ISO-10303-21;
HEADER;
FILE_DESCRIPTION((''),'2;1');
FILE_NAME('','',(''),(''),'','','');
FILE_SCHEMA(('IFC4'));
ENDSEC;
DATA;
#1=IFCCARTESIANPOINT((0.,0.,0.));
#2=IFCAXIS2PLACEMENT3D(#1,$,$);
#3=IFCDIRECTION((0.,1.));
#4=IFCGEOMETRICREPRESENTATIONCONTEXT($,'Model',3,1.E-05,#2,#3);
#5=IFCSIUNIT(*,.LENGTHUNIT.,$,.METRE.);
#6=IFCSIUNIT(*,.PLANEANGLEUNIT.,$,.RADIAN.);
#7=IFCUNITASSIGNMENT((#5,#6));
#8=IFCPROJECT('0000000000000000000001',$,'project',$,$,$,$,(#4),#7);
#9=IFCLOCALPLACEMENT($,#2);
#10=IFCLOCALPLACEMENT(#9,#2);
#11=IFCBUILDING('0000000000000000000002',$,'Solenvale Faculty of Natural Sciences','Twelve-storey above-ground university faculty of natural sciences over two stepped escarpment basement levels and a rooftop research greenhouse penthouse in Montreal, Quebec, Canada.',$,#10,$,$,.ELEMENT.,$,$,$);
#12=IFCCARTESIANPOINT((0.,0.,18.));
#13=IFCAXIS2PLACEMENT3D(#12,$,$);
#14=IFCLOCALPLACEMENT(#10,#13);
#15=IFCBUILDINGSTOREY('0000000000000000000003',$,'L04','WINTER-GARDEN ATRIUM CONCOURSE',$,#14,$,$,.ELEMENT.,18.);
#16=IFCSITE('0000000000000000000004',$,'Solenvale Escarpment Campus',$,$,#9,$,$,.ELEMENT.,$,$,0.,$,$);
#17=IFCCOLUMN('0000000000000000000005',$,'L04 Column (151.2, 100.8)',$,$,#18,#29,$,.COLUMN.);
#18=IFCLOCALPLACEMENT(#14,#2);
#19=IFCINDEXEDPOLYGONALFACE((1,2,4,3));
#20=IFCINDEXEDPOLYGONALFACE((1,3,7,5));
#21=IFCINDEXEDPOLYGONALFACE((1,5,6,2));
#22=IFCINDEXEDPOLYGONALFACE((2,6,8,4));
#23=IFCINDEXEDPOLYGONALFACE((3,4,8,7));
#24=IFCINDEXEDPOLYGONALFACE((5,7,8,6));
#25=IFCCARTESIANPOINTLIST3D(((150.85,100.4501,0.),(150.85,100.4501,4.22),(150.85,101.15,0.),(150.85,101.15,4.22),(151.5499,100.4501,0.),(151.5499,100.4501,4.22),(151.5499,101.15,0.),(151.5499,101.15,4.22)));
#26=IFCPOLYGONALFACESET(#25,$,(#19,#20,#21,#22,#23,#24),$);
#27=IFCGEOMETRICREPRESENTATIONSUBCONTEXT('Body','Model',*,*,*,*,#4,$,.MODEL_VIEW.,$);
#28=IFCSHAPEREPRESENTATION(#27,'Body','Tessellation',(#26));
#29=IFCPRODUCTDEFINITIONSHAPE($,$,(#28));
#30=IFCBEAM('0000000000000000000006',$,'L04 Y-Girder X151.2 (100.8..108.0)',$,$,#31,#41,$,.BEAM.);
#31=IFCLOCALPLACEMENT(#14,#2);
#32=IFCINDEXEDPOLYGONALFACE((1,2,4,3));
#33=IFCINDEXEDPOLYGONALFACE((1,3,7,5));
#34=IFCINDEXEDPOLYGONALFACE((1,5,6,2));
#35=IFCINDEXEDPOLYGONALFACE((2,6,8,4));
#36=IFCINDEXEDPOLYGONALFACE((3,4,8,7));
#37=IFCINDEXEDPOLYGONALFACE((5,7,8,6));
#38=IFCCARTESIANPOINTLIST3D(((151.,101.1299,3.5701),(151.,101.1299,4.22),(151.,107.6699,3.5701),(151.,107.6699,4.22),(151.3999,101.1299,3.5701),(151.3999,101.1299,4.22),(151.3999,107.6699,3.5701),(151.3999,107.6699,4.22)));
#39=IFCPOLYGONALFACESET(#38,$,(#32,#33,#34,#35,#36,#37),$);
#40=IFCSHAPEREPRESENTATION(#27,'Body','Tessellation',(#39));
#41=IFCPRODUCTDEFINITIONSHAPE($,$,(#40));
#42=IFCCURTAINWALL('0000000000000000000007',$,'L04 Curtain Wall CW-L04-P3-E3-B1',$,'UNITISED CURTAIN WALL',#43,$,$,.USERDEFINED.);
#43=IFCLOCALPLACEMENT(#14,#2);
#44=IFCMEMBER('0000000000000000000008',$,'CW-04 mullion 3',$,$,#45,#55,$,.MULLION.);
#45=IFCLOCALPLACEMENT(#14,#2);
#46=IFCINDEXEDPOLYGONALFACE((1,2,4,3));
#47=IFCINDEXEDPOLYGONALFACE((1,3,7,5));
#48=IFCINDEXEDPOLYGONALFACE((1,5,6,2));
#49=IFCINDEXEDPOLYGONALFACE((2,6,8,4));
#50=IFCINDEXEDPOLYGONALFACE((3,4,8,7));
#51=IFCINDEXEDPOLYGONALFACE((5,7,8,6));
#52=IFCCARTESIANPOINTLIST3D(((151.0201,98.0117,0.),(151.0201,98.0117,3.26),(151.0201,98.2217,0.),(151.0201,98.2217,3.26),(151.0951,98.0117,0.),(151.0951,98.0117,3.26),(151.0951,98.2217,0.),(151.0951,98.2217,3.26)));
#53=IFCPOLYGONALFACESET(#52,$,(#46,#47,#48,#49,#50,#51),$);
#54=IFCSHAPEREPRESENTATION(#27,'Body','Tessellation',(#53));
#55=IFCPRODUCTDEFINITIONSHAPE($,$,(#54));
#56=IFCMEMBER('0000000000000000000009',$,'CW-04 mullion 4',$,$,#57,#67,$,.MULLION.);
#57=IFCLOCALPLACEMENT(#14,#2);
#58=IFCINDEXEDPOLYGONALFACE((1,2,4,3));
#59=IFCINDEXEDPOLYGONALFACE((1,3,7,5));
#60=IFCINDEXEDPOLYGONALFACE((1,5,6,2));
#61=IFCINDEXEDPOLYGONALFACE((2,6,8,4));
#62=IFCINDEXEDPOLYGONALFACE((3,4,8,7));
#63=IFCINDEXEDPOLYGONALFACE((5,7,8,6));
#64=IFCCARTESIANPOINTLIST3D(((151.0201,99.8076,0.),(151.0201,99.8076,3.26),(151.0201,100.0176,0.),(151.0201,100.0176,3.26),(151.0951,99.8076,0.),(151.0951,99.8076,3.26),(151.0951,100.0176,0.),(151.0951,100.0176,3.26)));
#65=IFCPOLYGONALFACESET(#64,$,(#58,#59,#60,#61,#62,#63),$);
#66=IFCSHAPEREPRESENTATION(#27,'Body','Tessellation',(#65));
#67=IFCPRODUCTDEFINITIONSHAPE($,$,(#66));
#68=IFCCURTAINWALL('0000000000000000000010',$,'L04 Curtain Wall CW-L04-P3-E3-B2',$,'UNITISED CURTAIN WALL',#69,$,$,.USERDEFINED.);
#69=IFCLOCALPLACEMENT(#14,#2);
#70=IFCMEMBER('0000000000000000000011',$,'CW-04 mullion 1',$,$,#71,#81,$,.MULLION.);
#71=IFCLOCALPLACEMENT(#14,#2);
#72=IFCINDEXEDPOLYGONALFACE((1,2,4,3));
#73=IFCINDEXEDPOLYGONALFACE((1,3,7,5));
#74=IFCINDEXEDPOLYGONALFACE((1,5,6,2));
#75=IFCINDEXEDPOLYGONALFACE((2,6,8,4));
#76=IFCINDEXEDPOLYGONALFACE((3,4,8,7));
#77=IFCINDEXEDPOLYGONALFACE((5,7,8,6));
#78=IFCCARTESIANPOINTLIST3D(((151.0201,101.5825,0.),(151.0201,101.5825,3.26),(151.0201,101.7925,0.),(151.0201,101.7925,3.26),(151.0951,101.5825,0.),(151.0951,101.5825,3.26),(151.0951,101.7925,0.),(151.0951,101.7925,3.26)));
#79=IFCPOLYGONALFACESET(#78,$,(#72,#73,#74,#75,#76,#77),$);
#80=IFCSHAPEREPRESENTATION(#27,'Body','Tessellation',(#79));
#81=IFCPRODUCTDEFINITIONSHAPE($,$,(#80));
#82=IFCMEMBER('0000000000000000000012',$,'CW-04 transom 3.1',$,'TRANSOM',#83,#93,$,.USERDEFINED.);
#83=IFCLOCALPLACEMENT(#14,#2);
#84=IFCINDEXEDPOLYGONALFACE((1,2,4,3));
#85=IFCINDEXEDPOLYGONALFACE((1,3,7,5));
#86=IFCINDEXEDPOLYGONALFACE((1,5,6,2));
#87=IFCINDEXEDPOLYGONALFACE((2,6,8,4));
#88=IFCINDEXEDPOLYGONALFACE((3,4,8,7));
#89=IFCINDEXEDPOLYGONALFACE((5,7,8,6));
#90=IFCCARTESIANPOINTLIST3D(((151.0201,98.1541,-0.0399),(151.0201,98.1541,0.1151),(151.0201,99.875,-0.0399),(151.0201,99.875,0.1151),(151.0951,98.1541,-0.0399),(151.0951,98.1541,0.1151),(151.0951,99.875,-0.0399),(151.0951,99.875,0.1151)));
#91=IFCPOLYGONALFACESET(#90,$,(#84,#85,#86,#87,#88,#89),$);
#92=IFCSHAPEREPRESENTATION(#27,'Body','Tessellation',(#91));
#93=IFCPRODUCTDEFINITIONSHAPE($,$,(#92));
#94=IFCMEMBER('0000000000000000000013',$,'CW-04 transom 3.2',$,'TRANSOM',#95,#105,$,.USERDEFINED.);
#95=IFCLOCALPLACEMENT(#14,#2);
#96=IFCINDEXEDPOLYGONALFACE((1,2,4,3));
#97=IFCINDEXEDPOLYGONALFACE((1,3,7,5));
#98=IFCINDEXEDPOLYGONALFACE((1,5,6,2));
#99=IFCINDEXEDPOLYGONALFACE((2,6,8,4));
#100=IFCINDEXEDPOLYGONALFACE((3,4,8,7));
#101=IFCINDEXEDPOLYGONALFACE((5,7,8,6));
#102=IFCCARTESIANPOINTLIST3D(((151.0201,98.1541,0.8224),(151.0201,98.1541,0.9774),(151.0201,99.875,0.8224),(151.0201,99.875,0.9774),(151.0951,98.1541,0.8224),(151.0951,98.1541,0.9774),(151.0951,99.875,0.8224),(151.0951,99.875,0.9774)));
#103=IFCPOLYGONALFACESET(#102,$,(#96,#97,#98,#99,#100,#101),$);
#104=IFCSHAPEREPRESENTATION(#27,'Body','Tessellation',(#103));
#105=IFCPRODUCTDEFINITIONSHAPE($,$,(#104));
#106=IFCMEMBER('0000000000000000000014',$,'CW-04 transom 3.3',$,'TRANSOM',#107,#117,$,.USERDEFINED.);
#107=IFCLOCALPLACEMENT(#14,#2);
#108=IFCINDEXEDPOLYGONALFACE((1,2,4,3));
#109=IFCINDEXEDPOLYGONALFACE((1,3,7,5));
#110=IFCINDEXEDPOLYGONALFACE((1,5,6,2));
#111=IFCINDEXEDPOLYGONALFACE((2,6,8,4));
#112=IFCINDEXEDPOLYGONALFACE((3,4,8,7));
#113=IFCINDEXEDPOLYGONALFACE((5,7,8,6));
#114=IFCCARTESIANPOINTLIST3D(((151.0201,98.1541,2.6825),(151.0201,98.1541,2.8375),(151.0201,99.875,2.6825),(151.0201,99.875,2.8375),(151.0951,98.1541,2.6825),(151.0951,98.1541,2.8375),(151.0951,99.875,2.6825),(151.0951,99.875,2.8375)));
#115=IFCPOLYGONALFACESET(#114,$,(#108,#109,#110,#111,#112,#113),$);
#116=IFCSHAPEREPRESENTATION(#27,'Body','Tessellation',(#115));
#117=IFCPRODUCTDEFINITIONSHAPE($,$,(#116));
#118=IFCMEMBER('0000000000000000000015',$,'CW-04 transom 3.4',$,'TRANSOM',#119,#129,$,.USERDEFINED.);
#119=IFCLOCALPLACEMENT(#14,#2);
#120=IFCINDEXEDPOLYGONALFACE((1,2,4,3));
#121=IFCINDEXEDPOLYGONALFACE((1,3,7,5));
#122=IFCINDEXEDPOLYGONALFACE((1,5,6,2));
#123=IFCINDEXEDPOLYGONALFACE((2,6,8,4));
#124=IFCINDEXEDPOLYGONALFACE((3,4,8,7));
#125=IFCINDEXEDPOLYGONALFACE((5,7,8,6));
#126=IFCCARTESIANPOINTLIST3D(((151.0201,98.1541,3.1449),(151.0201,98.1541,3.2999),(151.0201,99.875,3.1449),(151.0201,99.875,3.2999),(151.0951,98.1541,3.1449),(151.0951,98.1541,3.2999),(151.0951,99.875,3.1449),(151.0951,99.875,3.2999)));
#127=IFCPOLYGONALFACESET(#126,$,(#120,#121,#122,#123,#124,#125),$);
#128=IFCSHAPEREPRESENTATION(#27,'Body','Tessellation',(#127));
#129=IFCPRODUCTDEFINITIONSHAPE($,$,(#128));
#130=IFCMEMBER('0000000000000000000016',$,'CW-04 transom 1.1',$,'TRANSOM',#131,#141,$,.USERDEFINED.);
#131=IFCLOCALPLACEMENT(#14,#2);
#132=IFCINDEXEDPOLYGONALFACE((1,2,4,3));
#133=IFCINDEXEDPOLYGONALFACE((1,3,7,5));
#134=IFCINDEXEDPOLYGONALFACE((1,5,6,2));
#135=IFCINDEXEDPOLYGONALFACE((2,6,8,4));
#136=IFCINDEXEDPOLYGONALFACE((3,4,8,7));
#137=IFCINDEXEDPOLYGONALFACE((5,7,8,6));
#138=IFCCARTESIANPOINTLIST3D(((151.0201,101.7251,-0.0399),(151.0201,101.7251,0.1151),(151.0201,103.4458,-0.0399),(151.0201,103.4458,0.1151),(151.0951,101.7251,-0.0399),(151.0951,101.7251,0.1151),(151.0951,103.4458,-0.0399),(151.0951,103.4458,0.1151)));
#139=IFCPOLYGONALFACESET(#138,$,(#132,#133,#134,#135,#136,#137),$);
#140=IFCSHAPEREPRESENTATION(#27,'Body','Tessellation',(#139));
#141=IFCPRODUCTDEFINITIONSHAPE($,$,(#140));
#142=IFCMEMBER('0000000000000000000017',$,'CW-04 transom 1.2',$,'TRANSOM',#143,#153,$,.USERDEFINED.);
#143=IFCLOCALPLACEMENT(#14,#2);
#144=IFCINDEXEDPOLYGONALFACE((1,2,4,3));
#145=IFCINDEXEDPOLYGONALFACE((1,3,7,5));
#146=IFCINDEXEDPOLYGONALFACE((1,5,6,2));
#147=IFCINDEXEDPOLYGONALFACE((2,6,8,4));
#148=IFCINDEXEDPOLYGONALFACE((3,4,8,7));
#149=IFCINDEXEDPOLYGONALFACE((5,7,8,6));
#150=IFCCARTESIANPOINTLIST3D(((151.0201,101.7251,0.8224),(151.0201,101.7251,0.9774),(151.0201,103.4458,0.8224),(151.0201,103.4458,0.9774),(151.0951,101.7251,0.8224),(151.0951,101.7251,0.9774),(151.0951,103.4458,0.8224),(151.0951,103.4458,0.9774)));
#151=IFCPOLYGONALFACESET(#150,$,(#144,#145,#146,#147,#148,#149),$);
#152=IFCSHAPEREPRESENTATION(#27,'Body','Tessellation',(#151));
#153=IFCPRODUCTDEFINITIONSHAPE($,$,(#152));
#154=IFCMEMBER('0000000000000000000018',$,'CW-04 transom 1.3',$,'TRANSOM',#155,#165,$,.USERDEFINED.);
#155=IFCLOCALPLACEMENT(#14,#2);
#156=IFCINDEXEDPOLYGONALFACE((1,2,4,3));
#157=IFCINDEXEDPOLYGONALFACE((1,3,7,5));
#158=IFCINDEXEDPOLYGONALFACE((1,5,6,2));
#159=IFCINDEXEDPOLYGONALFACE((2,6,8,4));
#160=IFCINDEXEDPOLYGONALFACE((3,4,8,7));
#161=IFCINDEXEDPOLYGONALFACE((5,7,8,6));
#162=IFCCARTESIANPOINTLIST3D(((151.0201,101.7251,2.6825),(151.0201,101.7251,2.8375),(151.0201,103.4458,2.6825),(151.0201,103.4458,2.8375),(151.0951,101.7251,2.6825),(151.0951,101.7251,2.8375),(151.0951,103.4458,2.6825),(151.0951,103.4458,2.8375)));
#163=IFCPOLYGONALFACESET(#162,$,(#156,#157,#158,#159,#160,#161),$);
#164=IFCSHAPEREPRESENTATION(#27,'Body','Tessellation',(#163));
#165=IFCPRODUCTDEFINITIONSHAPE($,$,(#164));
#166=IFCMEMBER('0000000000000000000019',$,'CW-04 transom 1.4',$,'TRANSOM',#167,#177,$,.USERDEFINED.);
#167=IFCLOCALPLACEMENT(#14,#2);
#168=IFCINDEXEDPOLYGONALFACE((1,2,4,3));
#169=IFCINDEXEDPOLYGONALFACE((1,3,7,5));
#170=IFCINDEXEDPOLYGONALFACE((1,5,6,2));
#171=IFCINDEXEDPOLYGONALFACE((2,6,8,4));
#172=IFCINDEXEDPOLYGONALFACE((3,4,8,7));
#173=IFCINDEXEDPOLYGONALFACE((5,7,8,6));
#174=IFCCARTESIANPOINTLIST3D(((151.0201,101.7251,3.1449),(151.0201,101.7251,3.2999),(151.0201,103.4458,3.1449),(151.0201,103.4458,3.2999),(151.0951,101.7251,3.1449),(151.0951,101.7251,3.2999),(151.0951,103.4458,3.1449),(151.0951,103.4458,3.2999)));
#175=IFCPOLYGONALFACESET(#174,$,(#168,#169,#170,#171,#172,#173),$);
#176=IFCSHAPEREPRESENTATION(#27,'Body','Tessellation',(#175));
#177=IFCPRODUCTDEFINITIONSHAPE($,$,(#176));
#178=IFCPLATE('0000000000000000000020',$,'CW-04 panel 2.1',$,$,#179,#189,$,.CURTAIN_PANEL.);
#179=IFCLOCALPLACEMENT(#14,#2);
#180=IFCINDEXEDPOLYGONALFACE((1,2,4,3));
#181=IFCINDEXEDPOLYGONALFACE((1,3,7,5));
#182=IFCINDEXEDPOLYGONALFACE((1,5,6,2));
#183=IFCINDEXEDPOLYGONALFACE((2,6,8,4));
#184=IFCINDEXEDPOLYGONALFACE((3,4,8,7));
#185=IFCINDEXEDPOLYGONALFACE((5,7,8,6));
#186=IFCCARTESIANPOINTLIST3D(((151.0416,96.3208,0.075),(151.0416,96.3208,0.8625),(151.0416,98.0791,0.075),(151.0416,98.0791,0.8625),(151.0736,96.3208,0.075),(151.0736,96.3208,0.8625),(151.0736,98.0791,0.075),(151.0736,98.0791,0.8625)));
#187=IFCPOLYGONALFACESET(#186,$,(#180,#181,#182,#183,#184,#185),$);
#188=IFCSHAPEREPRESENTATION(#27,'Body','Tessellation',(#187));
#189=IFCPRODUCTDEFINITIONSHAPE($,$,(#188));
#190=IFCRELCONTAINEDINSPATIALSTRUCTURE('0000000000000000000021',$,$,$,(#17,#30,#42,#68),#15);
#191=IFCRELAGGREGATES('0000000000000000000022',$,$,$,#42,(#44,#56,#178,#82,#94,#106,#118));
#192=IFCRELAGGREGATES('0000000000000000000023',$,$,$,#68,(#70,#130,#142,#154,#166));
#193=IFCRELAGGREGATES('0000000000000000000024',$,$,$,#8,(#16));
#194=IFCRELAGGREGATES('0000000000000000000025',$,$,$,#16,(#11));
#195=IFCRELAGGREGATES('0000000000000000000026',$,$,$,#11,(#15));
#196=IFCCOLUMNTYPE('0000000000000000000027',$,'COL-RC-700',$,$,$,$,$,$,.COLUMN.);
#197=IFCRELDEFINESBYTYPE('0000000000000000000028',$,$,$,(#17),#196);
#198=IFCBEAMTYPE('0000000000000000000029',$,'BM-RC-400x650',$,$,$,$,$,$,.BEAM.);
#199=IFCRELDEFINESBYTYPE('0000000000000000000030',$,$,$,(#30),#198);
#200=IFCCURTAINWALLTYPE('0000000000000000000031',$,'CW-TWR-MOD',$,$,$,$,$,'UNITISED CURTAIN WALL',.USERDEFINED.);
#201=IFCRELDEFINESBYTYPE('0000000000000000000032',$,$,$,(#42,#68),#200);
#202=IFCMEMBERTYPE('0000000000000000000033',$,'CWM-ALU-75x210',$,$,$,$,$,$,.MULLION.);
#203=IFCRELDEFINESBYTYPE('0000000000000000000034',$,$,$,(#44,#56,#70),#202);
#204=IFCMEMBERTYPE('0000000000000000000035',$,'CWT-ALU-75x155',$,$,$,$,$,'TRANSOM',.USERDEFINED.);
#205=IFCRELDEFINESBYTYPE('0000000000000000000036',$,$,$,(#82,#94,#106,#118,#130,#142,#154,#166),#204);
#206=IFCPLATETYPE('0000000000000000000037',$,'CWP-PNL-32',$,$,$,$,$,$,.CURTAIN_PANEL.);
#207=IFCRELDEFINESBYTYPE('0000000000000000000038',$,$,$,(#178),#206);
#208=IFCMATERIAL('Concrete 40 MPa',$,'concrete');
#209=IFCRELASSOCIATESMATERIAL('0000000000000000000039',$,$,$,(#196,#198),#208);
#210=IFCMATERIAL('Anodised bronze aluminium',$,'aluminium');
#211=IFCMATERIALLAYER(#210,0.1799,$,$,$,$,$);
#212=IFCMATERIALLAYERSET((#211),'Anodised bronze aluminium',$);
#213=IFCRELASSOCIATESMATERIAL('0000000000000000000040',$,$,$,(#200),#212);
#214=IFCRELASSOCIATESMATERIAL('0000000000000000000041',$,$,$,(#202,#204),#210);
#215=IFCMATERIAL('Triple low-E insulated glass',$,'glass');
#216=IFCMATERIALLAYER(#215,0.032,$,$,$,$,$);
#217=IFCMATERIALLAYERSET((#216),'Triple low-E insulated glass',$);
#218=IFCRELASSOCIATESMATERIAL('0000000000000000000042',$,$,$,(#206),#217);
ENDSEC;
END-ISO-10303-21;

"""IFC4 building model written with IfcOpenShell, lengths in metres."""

from ifc_helpers import new_model, si_unit, direction, frame, origin, origin_2d, place, context, subcontext, project, spatial, rectangle, extrude, material, layer, layer_set, material_profile, profile_set, type_object, element, aggregate, save


model = new_model("IFC4")

# Units and contexts
model_context = context("Model", 3, precision=1e-05, world=origin(), true_north=direction((0.0, 1.0)))
body_context = subcontext(model_context, "Body", "Model", "MODEL_VIEW")
ifc_project = project(units=[si_unit("LENGTHUNIT", "METRE"), si_unit("PLANEANGLEUNIT", "RADIAN")], contexts=[model_context])

# Site, building, storey
site_placement = place(None, origin())
site = spatial("IfcSite", under=ifc_project, at=site_placement, Name="Solenvale Escarpment Campus", CompositionType="ELEMENT", RefElevation=0.0)
building_placement = place(site_placement, origin())
building = spatial("IfcBuilding", under=site, at=building_placement, Name="Solenvale Faculty of Natural Sciences", Description="Twelve-storey above-ground university faculty of natural sciences over two stepped escarpment basement levels and a rooftop research greenhouse penthouse in Montreal, Quebec, Canada.", CompositionType="ELEMENT")
storey_placement = place(building_placement, frame((0.0, 0.0, 18.0)))
storey = spatial("IfcBuildingStorey", under=building, at=storey_placement, Name="L04", Description="WINTER-GARDEN ATRIUM CONCOURSE", CompositionType="ELEMENT", Elevation=18.0)

# Column
ifc_material_1 = material(Name="Concrete 40 MPa", Category="concrete")
ifc_material_profile_1 = material_profile(ifc_material_1, rectangle(XDim=0.7, YDim=0.7, at=origin_2d()), Name="RC-COL-700x700")
ifc_profile_set_1 = profile_set([ifc_material_profile_1], Name="Concrete 40 MPa")
column_type = type_object("IfcColumnType", Name="COL-RC-700", PredefinedType="COLUMN", material=ifc_profile_set_1)
column_placement = place(storey_placement, frame((151.2, 100.8, 0.0), z_axis=(0.0, 0.0, 1.0), x_axis=(1.0, 0.0, 0.0)))
element("IfcColumn", 1, at=column_placement, inside=storey, type_object=column_type, Name="L04 Column (151.2, 100.8)", PredefinedType="COLUMN", context=body_context, shape_type="SweptSolid", body=[
    extrude(rectangle(XDim=0.7, YDim=0.7, at=origin_2d()), origin(), (0.0, 0.0, 1.0), 4.22),
])

# Beam
ifc_material_profile_2 = material_profile(ifc_material_1, rectangle(XDim=0.3999, YDim=0.6499, at=origin_2d()), Name="RC-BM-400x650")
ifc_profile_set_2 = profile_set([ifc_material_profile_2], Name="Concrete 40 MPa")
beam_type = type_object("IfcBeamType", Name="BM-RC-400x650", PredefinedType="BEAM", material=ifc_profile_set_2)
beam_placement = place(storey_placement, frame((151.2, 101.1299, 3.895), z_axis=(0.0, 1.0, 0.0), x_axis=(-1.0, 0.0, 0.0)))
element("IfcBeam", 2, at=beam_placement, inside=storey, type_object=beam_type, Name="L04 Y-Girder X151.2 (100.8..108.0)", PredefinedType="BEAM", context=body_context, shape_type="SweptSolid", body=[
    extrude(rectangle(XDim=0.3999, YDim=0.6499, at=origin_2d()), origin(), (0.0, 0.0, 1.0), 6.54),
])

# Curtain wall, members
ifc_material_2 = material(Name="Anodised bronze aluminium", Category="aluminium")
ifc_layer_1 = layer(ifc_material_2, 0.1799)
ifc_layer_set_1 = layer_set([ifc_layer_1], Name="Anodised bronze aluminium")
curtain_wall_type = type_object("IfcCurtainWallType", Name="CW-TWR-MOD", ElementType="UNITISED CURTAIN WALL", PredefinedType="USERDEFINED", material=ifc_layer_set_1)
curtain_wall_1_placement = place(storey_placement, origin())
curtain_wall_1 = element("IfcCurtainWall", 3, at=curtain_wall_1_placement, inside=storey, type_object=curtain_wall_type, Name="L04 Curtain Wall CW-L04-P3-E3-B1", ObjectType="UNITISED CURTAIN WALL", PredefinedType="USERDEFINED")
ifc_material_profile_3 = material_profile(ifc_material_2, rectangle(XDim=0.075, YDim=0.21, at=origin_2d()), Name="ALU-MUL-75x210")
ifc_profile_set_3 = profile_set([ifc_material_profile_3], Name="Anodised bronze aluminium")
member_type_1 = type_object("IfcMemberType", Name="CWM-ALU-75x210", PredefinedType="MULLION", material=ifc_profile_set_3)
member_1_placement = place(storey_placement, frame((151.0576, 98.1167, 0.0), z_axis=(0.0, 0.0, 1.0), x_axis=(-1.0, 0.0, 0.0)))
member_1 = element("IfcMember", 4, at=member_1_placement, type_object=member_type_1, Name="CW-04 mullion 3", PredefinedType="MULLION", context=body_context, shape_type="SweptSolid", body=[
    extrude(rectangle(XDim=0.075, YDim=0.21, at=origin_2d()), origin(), (0.0, 0.0, 1.0), 3.26),
])
member_2_placement = place(storey_placement, frame((151.0576, 99.9126, 0.0), z_axis=(0.0, 0.0, 1.0), x_axis=(-1.0, 0.0, 0.0)))
member_2 = element("IfcMember", 5, at=member_2_placement, type_object=member_type_1, Name="CW-04 mullion 4", PredefinedType="MULLION", context=body_context, shape_type="SweptSolid", body=[
    extrude(rectangle(XDim=0.075, YDim=0.21, at=origin_2d()), origin(), (0.0, 0.0, 1.0), 3.26),
])

# Curtain wall, member
curtain_wall_2_placement = place(storey_placement, origin())
curtain_wall_2 = element("IfcCurtainWall", 6, at=curtain_wall_2_placement, inside=storey, type_object=curtain_wall_type, Name="L04 Curtain Wall CW-L04-P3-E3-B2", ObjectType="UNITISED CURTAIN WALL", PredefinedType="USERDEFINED")
member_3_placement = place(storey_placement, frame((151.0576, 101.6875, 0.0), z_axis=(0.0, 0.0, 1.0), x_axis=(-1.0, 0.0, 0.0)))
member_3 = element("IfcMember", 7, at=member_3_placement, type_object=member_type_1, Name="CW-04 mullion 1", PredefinedType="MULLION", context=body_context, shape_type="SweptSolid", body=[
    extrude(rectangle(XDim=0.075, YDim=0.21, at=origin_2d()), origin(), (0.0, 0.0, 1.0), 3.26),
])

# Members
ifc_material_profile_4 = material_profile(ifc_material_2, rectangle(XDim=0.075, YDim=0.155, at=origin_2d()), Name="ALU-TRN-75x155")
ifc_profile_set_4 = profile_set([ifc_material_profile_4], Name="Anodised bronze aluminium")
member_type_2 = type_object("IfcMemberType", Name="CWT-ALU-75x155", ElementType="TRANSOM", PredefinedType="USERDEFINED", material=ifc_profile_set_4)
member_4_placement = place(storey_placement, frame((151.0576, 98.1541, 0.0376), z_axis=(0.0, 1.0, 0.0), x_axis=(-1.0, 0.0, 0.0)))
member_4 = element("IfcMember", 8, at=member_4_placement, type_object=member_type_2, Name="CW-04 transom 3.1", ObjectType="TRANSOM", PredefinedType="USERDEFINED", context=body_context, shape_type="SweptSolid", body=[
    extrude(rectangle(XDim=0.075, YDim=0.155, at=origin_2d()), origin(), (0.0, 0.0, 1.0), 1.7209),
])
member_5_placement = place(storey_placement, frame((151.0576, 98.1541, 0.8999), z_axis=(0.0, 1.0, 0.0), x_axis=(-1.0, 0.0, 0.0)))
member_5 = element("IfcMember", 9, at=member_5_placement, type_object=member_type_2, Name="CW-04 transom 3.2", ObjectType="TRANSOM", PredefinedType="USERDEFINED", context=body_context, shape_type="SweptSolid", body=[
    extrude(rectangle(XDim=0.075, YDim=0.155, at=origin_2d()), origin(), (0.0, 0.0, 1.0), 1.7209),
])
member_6_placement = place(storey_placement, frame((151.0576, 98.1541, 2.76), z_axis=(0.0, 1.0, 0.0), x_axis=(-1.0, 0.0, 0.0)))
member_6 = element("IfcMember", 10, at=member_6_placement, type_object=member_type_2, Name="CW-04 transom 3.3", ObjectType="TRANSOM", PredefinedType="USERDEFINED", context=body_context, shape_type="SweptSolid", body=[
    extrude(rectangle(XDim=0.075, YDim=0.155, at=origin_2d()), origin(), (0.0, 0.0, 1.0), 1.7209),
])
member_7_placement = place(storey_placement, frame((151.0576, 98.1541, 3.2224), z_axis=(0.0, 1.0, 0.0), x_axis=(-1.0, 0.0, 0.0)))
member_7 = element("IfcMember", 11, at=member_7_placement, type_object=member_type_2, Name="CW-04 transom 3.4", ObjectType="TRANSOM", PredefinedType="USERDEFINED", context=body_context, shape_type="SweptSolid", body=[
    extrude(rectangle(XDim=0.075, YDim=0.155, at=origin_2d()), origin(), (0.0, 0.0, 1.0), 1.7209),
])
member_8_placement = place(storey_placement, frame((151.0576, 101.7251, 0.0376), z_axis=(0.0, 1.0, 0.0), x_axis=(-1.0, 0.0, 0.0)))
member_8 = element("IfcMember", 12, at=member_8_placement, type_object=member_type_2, Name="CW-04 transom 1.1", ObjectType="TRANSOM", PredefinedType="USERDEFINED", context=body_context, shape_type="SweptSolid", body=[
    extrude(rectangle(XDim=0.075, YDim=0.155, at=origin_2d()), origin(), (0.0, 0.0, 1.0), 1.7207),
])
member_9_placement = place(storey_placement, frame((151.0576, 101.7251, 0.8999), z_axis=(0.0, 1.0, 0.0), x_axis=(-1.0, 0.0, 0.0)))
member_9 = element("IfcMember", 13, at=member_9_placement, type_object=member_type_2, Name="CW-04 transom 1.2", ObjectType="TRANSOM", PredefinedType="USERDEFINED", context=body_context, shape_type="SweptSolid", body=[
    extrude(rectangle(XDim=0.075, YDim=0.155, at=origin_2d()), origin(), (0.0, 0.0, 1.0), 1.7207),
])
member_10_placement = place(storey_placement, frame((151.0576, 101.7251, 2.76), z_axis=(0.0, 1.0, 0.0), x_axis=(-1.0, 0.0, 0.0)))
member_10 = element("IfcMember", 14, at=member_10_placement, type_object=member_type_2, Name="CW-04 transom 1.3", ObjectType="TRANSOM", PredefinedType="USERDEFINED", context=body_context, shape_type="SweptSolid", body=[
    extrude(rectangle(XDim=0.075, YDim=0.155, at=origin_2d()), origin(), (0.0, 0.0, 1.0), 1.7207),
])
member_11_placement = place(storey_placement, frame((151.0576, 101.7251, 3.2224), z_axis=(0.0, 1.0, 0.0), x_axis=(-1.0, 0.0, 0.0)))
member_11 = element("IfcMember", 15, at=member_11_placement, type_object=member_type_2, Name="CW-04 transom 1.4", ObjectType="TRANSOM", PredefinedType="USERDEFINED", context=body_context, shape_type="SweptSolid", body=[
    extrude(rectangle(XDim=0.075, YDim=0.155, at=origin_2d()), origin(), (0.0, 0.0, 1.0), 1.7207),
])

# Plate
ifc_material_3 = material(Name="Triple low-E insulated glass", Category="glass")
ifc_layer_2 = layer(ifc_material_3, 0.032)
ifc_layer_set_2 = layer_set([ifc_layer_2], Name="Triple low-E insulated glass")
plate_type_1 = type_object("IfcPlateType", Name="CWP-PNL-32", PredefinedType="CURTAIN_PANEL", material=ifc_layer_set_2)
plate_1_placement = place(storey_placement, frame((151.0576, 97.2, 0.075), z_axis=(0.0, 0.0, 1.0), x_axis=(0.0, 1.0, 0.0)))
plate_1 = element("IfcPlate", 16, at=plate_1_placement, type_object=plate_type_1, Name="CW-04 panel 2.1", PredefinedType="CURTAIN_PANEL", context=body_context, shape_type="SweptSolid", body=[
    extrude(rectangle(XDim=1.7583, YDim=0.032, at=origin_2d()), origin(), (0.0, 0.0, 1.0), 0.7876),
])
aggregate(curtain_wall_1, [member_1, member_2, plate_1, member_4, member_5, member_6, member_7])
aggregate(curtain_wall_2, [member_3, member_8, member_9, member_10, member_11])

save(model, "model.ifc")
